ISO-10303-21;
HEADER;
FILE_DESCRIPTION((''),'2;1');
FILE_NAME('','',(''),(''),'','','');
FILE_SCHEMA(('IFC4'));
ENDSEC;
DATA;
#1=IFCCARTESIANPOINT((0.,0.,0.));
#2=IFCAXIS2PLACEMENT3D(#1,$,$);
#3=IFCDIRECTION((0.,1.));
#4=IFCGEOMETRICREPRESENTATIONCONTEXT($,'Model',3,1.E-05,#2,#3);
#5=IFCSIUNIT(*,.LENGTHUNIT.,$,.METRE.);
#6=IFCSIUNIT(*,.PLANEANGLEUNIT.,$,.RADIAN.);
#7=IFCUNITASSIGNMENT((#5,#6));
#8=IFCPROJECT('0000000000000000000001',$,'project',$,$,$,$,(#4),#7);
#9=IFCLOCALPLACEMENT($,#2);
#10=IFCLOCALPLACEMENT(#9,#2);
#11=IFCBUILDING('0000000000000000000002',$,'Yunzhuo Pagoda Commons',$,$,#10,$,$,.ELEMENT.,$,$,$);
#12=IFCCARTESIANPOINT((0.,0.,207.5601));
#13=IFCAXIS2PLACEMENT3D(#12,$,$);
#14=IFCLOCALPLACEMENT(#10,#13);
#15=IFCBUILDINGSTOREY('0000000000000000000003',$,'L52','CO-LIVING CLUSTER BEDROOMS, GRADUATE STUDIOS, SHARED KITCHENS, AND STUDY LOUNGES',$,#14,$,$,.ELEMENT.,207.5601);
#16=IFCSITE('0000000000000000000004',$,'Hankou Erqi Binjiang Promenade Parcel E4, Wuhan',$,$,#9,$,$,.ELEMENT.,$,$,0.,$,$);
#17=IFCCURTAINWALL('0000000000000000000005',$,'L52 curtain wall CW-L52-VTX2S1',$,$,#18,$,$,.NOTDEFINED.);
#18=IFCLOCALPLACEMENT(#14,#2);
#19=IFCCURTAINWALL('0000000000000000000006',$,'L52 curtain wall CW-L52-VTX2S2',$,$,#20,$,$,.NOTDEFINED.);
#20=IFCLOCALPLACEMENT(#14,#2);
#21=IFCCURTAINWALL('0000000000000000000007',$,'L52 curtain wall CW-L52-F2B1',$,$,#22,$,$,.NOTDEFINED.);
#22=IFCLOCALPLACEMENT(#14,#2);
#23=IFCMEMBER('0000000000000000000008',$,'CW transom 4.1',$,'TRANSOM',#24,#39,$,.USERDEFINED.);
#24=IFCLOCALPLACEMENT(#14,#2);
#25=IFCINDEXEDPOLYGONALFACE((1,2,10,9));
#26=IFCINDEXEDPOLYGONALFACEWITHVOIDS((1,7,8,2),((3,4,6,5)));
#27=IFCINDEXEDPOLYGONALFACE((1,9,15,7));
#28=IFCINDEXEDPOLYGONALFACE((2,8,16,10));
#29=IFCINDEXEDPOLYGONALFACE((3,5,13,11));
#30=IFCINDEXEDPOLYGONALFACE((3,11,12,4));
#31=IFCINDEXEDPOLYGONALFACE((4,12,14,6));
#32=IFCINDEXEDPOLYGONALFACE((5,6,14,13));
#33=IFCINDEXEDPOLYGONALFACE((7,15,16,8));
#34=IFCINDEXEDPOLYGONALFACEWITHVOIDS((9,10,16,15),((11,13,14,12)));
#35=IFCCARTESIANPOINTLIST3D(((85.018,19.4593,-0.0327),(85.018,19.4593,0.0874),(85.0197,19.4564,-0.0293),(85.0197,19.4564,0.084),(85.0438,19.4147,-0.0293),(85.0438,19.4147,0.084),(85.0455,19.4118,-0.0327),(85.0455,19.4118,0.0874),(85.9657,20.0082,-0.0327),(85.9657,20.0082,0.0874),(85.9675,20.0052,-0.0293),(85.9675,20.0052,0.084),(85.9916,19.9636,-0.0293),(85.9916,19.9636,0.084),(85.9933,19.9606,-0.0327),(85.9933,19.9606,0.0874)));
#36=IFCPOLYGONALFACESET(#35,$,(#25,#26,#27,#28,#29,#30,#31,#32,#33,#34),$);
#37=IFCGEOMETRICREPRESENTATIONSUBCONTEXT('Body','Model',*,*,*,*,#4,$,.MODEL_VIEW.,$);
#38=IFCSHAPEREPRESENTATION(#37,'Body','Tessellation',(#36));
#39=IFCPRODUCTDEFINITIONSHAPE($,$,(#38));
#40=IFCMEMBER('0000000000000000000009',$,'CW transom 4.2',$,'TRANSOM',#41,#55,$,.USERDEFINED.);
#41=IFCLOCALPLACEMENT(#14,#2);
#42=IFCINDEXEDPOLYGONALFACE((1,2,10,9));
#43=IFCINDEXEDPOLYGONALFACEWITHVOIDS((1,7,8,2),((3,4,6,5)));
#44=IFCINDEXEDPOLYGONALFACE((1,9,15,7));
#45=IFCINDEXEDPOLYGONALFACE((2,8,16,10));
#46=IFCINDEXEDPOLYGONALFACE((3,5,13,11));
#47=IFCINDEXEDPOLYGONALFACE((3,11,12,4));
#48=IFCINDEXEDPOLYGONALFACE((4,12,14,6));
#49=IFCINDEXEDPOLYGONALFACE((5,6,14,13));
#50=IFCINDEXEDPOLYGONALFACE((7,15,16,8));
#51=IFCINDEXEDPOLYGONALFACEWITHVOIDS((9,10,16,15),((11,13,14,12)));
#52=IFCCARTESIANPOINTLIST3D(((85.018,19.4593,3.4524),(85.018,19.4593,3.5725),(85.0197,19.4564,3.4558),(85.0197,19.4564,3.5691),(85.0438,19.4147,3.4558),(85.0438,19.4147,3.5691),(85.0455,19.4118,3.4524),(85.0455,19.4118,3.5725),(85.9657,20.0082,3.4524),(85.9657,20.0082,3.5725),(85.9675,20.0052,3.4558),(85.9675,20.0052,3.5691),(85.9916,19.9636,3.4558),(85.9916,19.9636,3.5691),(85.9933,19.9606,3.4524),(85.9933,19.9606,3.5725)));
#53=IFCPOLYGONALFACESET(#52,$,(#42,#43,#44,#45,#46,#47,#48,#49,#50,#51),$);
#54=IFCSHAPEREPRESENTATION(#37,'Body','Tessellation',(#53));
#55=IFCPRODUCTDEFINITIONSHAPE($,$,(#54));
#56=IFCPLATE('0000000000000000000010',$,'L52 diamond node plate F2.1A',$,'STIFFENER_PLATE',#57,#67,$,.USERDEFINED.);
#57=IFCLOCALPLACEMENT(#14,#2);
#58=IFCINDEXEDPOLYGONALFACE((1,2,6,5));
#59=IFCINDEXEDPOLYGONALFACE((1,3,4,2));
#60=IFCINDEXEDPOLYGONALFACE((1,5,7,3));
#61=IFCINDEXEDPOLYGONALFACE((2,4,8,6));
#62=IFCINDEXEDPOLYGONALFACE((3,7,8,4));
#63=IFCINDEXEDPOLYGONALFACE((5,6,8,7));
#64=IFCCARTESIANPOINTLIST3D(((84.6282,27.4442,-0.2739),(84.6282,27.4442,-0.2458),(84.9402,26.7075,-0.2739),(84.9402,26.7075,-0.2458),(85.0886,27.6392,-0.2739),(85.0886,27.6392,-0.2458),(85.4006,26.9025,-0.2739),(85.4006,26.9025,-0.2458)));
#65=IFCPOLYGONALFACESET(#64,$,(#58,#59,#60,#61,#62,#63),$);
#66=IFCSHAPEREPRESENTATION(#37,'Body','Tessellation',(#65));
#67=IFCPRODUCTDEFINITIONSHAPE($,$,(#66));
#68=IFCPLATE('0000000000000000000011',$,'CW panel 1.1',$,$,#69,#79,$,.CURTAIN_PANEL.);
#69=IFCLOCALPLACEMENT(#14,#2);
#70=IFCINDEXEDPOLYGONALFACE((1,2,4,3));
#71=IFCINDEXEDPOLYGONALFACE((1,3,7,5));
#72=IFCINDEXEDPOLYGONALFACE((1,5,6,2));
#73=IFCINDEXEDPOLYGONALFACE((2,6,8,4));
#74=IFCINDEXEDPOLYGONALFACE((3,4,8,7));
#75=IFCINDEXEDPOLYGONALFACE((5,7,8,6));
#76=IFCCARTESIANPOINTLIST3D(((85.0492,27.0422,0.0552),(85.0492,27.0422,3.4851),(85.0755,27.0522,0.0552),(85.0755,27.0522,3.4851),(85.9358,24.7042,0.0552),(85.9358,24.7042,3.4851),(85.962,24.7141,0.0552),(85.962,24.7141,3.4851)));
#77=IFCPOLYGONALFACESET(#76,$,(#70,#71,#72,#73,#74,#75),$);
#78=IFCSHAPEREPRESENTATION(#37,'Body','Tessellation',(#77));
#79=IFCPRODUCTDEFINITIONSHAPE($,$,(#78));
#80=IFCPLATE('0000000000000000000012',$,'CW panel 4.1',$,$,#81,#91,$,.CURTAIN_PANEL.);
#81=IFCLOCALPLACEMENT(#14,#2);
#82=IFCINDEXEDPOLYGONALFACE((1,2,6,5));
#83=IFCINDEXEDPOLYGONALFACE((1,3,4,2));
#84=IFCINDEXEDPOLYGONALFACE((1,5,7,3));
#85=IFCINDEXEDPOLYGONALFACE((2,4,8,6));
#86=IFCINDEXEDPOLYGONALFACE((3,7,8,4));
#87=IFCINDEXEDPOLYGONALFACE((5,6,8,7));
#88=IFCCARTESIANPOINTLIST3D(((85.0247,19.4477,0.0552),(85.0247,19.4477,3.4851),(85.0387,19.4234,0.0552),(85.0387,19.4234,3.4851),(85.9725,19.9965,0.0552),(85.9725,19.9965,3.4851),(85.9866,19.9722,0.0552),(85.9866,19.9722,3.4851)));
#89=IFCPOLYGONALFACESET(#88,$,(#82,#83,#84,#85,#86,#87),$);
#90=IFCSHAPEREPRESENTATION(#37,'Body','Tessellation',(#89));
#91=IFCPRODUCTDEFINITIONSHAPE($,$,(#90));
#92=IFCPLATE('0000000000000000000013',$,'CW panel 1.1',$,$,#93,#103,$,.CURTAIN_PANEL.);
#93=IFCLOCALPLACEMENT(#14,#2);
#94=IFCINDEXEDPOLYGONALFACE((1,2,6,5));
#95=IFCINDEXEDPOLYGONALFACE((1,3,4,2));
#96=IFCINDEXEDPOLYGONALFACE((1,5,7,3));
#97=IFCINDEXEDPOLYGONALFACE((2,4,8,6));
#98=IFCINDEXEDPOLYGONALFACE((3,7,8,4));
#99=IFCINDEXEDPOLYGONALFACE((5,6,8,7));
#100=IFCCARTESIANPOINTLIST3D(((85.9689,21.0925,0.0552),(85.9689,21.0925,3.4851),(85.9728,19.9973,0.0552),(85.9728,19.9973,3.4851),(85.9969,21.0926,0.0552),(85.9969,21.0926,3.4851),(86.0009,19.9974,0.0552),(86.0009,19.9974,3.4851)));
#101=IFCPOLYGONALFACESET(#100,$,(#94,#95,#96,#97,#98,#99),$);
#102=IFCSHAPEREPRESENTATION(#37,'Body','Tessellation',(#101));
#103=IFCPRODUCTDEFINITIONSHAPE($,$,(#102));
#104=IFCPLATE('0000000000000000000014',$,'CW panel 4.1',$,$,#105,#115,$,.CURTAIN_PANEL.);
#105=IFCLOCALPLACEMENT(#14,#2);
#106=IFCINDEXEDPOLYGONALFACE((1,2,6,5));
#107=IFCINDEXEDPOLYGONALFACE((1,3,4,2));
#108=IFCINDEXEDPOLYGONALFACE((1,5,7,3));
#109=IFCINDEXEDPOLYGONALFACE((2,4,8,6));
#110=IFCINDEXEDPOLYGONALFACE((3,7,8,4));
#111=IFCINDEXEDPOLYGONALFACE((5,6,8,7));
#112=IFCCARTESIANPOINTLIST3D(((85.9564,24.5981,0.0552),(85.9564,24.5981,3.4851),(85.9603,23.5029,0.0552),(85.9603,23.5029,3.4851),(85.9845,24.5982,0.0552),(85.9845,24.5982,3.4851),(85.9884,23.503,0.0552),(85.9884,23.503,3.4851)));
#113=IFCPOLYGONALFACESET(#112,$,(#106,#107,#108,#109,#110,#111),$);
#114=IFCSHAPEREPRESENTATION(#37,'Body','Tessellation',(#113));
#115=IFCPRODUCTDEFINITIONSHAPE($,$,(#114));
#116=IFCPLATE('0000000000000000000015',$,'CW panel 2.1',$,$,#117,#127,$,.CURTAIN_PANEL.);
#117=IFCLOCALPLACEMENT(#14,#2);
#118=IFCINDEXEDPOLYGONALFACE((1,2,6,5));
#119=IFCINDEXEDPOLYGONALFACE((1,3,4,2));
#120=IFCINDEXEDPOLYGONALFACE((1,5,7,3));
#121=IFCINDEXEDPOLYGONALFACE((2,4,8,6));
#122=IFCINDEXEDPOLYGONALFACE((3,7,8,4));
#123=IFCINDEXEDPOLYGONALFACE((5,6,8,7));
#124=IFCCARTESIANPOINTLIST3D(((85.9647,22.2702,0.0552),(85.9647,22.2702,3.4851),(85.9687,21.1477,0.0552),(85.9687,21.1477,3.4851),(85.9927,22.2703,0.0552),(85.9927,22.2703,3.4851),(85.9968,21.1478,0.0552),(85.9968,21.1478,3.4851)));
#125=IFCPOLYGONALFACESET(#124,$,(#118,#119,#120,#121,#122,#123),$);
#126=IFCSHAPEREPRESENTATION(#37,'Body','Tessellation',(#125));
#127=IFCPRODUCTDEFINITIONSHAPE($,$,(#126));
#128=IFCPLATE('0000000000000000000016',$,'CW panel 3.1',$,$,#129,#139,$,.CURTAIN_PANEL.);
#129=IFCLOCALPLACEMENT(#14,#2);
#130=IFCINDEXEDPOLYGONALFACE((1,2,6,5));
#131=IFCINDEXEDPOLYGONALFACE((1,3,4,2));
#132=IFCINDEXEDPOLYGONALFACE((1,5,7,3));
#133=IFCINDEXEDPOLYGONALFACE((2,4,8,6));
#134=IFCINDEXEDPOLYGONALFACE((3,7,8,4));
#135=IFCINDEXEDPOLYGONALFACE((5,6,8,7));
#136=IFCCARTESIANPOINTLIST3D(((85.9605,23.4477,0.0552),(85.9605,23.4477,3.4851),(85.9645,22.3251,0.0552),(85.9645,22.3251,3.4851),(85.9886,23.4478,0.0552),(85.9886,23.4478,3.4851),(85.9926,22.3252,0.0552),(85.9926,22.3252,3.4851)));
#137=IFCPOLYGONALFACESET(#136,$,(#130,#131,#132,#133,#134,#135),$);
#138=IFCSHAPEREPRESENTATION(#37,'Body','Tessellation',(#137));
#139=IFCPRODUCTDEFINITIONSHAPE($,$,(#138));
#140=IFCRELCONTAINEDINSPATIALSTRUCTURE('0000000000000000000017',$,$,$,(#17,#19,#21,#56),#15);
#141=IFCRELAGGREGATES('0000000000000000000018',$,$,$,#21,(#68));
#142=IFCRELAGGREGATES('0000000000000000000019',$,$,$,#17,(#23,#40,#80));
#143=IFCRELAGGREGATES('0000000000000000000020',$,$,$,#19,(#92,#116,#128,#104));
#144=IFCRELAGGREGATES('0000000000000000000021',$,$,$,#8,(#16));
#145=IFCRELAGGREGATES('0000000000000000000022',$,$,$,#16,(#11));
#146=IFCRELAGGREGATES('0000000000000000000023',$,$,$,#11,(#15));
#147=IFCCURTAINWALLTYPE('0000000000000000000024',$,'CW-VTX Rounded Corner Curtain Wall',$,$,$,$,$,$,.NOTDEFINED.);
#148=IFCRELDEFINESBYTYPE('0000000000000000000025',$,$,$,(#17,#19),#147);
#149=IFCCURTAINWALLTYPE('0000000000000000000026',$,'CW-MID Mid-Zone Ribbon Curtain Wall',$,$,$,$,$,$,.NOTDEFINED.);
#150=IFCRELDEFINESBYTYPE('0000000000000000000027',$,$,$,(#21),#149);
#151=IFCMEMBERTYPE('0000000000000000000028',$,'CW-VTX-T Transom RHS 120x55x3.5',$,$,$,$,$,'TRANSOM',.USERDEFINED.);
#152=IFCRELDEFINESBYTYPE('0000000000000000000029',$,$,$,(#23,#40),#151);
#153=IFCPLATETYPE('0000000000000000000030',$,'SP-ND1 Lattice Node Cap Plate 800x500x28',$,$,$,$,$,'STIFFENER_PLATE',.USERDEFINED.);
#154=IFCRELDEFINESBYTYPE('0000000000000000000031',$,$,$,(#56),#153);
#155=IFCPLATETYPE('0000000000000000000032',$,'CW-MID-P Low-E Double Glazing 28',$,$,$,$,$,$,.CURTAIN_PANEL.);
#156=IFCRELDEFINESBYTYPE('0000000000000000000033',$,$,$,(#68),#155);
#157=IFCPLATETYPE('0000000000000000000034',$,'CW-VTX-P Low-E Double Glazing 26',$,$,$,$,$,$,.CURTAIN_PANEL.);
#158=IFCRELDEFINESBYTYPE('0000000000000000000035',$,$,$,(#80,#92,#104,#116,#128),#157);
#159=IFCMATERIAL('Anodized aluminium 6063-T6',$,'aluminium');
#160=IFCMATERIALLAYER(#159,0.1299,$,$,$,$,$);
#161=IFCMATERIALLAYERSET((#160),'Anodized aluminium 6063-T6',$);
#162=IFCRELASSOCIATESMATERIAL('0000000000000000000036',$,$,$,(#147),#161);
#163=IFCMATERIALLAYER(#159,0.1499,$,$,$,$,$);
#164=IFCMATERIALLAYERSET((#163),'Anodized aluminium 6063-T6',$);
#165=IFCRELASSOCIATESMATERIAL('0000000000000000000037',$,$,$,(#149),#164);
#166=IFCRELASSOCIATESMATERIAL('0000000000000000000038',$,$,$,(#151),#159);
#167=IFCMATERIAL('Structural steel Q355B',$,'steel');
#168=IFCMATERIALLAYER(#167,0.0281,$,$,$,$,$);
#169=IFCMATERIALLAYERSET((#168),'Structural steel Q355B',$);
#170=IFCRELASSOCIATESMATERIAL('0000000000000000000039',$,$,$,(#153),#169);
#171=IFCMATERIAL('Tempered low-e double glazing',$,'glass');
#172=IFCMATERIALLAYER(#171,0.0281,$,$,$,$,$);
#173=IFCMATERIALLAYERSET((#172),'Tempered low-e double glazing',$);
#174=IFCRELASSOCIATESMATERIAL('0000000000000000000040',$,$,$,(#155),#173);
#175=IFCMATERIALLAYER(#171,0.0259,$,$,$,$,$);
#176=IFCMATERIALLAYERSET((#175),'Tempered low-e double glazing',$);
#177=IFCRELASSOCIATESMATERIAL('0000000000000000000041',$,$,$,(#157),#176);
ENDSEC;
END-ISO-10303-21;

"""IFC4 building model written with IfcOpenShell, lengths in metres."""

from ifc_helpers import new_model, si_unit, direction, frame, origin, origin_2d, place, context, subcontext, project, spatial, rectangle, hollow_rectangle, extrude, source, transform, mapped, material, layer, layer_set, material_profile, profile_set, type_object, element, aggregate, save


model = new_model("IFC4")

# Units and contexts
model_context = context("Model", 3, precision=1e-05, world=origin(), true_north=direction((0.0, 1.0)))
body_context = subcontext(model_context, "Body", "Model", "MODEL_VIEW")
ifc_project = project(units=[si_unit("LENGTHUNIT", "METRE"), si_unit("PLANEANGLEUNIT", "RADIAN")], contexts=[model_context])

# Site, building, storey
site_placement = place(None, origin())
site = spatial("IfcSite", under=ifc_project, at=site_placement, Name="Hankou Erqi Binjiang Promenade Parcel E4, Wuhan", CompositionType="ELEMENT", RefElevation=0.0)
building_placement = place(site_placement, origin())
building = spatial("IfcBuilding", under=site, at=building_placement, Name="Yunzhuo Pagoda Commons", CompositionType="ELEMENT")
storey_placement = place(building_placement, frame((0.0, 0.0, 207.5601)))
storey = spatial("IfcBuildingStorey", under=building, at=storey_placement, Name="L52", Description="CO-LIVING CLUSTER BEDROOMS, GRADUATE STUDIOS, SHARED KITCHENS, AND STUDY LOUNGES", CompositionType="ELEMENT", Elevation=207.5601)

# Shared definitions
ifc_material_1 = material(Name="Structural steel Q355B", Category="steel")

# Curtain wall
ifc_material_2 = material(Name="Anodized aluminium 6063-T6", Category="aluminium")
ifc_layer_1 = layer(ifc_material_2, 0.1299)
ifc_layer_set_1 = layer_set([ifc_layer_1], Name="Anodized aluminium 6063-T6")
curtain_wall_type_1 = type_object("IfcCurtainWallType", Name="CW-VTX Rounded Corner Curtain Wall", PredefinedType="NOTDEFINED", material=ifc_layer_set_1)
curtain_wall_1_placement = place(storey_placement, origin())
curtain_wall_1 = element("IfcCurtainWall", 1, at=curtain_wall_1_placement, inside=storey, type_object=curtain_wall_type_1, Name="L52 curtain wall CW-L52-VTX2S1", PredefinedType="NOTDEFINED")

# Curtain wall
curtain_wall_2_placement = place(storey_placement, origin())
curtain_wall_2 = element("IfcCurtainWall", 2, at=curtain_wall_2_placement, inside=storey, type_object=curtain_wall_type_1, Name="L52 curtain wall CW-L52-VTX2S2", PredefinedType="NOTDEFINED")

# Shared definitions
ifc_layer_2 = layer(ifc_material_2, 0.1499)
ifc_layer_set_2 = layer_set([ifc_layer_2], Name="Anodized aluminium 6063-T6")
curtain_wall_type_2 = type_object("IfcCurtainWallType", Name="CW-MID Mid-Zone Ribbon Curtain Wall", PredefinedType="NOTDEFINED", material=ifc_layer_set_2)

# Curtain wall
curtain_wall_3_placement = place(storey_placement, origin())
curtain_wall_3 = element("IfcCurtainWall", 3, at=curtain_wall_3_placement, inside=storey, type_object=curtain_wall_type_2, Name="L52 curtain wall CW-L52-F2B1", PredefinedType="NOTDEFINED")

# Members
ifc_material_profile_1 = material_profile(ifc_material_2, hollow_rectangle(XDim=0.0549, YDim=0.1201, WallThickness=0.0034, at=origin_2d()), Name="Anodized aluminium 6063-T6")
ifc_profile_set_1 = profile_set([ifc_material_profile_1], Name="Anodized aluminium 6063-T6")
member_type_1 = type_object("IfcMemberType", Name="CW-VTX-T Transom RHS 120x55x3.5", ElementType="TRANSOM", PredefinedType="USERDEFINED", material=ifc_profile_set_1)
shared_shape_1 = source(origin(), body_context, "Body", "SweptSolid", [
    extrude(hollow_rectangle(XDim=0.0549, YDim=0.1201, WallThickness=0.0034, at=origin_2d()), origin(), (0.0, 0.0, 1.0), 1.0952),
])
member_1_placement = place(storey_placement, frame((85.0317, 19.4355, 0.0273), z_axis=(0.865375, 0.501124, 0.0), x_axis=(-0.501124, 0.865375, 0.0)))
member_1 = element("IfcMember", 4, at=member_1_placement, type_object=member_type_1, Name="CW transom 4.1", ObjectType="TRANSOM", PredefinedType="USERDEFINED", context=body_context, shape_type="MappedRepresentation", body=[
    mapped(shared_shape_1, transform((0.0, 0.0, 0.0), scale=1.0)),
])
member_2_placement = place(storey_placement, frame((85.0317, 19.4355, 3.5125), z_axis=(0.865375, 0.501124, 0.0), x_axis=(-0.501124, 0.865375, 0.0)))
member_2 = element("IfcMember", 5, at=member_2_placement, type_object=member_type_1, Name="CW transom 4.2", ObjectType="TRANSOM", PredefinedType="USERDEFINED", context=body_context, shape_type="MappedRepresentation", body=[
    mapped(shared_shape_1, transform((0.0, 0.0, 0.0), scale=1.0)),
])

# Plates
ifc_layer_3 = layer(ifc_material_1, 0.0281)
ifc_layer_set_3 = layer_set([ifc_layer_3], Name="Structural steel Q355B")
plate_type_1 = type_object("IfcPlateType", Name="SP-ND1 Lattice Node Cap Plate 800x500x28", ElementType="STIFFENER_PLATE", PredefinedType="USERDEFINED", material=ifc_layer_set_3)
shared_shape_2 = source(origin(), body_context, "Body", "SweptSolid", [
    extrude(rectangle(XDim=0.8, YDim=0.5, at=origin_2d()), origin(), (0.0, 0.0, 1.0), 0.0281),
])
plate_1_placement = place(storey_placement, frame((85.0144, 27.1733, -0.2739), z_axis=(0.0, 0.0, 1.0), x_axis=(-0.389976, 0.920825, 0.0)))
element("IfcPlate", 6, at=plate_1_placement, inside=storey, type_object=plate_type_1, Name="L52 diamond node plate F2.1A", ObjectType="STIFFENER_PLATE", PredefinedType="USERDEFINED", context=body_context, shape_type="MappedRepresentation", body=[
    mapped(shared_shape_2, transform((0.0, 0.0, 0.0), scale=1.0)),
])
ifc_material_3 = material(Name="Tempered low-e double glazing", Category="glass")
ifc_layer_4 = layer(ifc_material_3, 0.0281)
ifc_layer_set_4 = layer_set([ifc_layer_4], Name="Tempered low-e double glazing")
plate_type_2 = type_object("IfcPlateType", Name="CW-MID-P Low-E Double Glazing 28", PredefinedType="CURTAIN_PANEL", material=ifc_layer_set_4)
shared_shape_3 = source(origin(), body_context, "Body", "SweptSolid", [
    extrude(rectangle(XDim=2.5005, YDim=0.0281, at=origin_2d()), origin(), (0.0, 0.0, 1.0), 3.4299),
])
plate_2_placement = place(storey_placement, frame((85.5056, 25.8782, 0.0552), z_axis=(0.0, 0.0, 1.0), x_axis=(-0.354559, 0.935034, 0.0)))
plate_2 = element("IfcPlate", 7, at=plate_2_placement, type_object=plate_type_2, Name="CW panel 1.1", PredefinedType="CURTAIN_PANEL", context=body_context, shape_type="MappedRepresentation", body=[
    mapped(shared_shape_3, transform((0.0, 0.0, 0.0), scale=1.0)),
])
aggregate(curtain_wall_3, [plate_2])
ifc_layer_5 = layer(ifc_material_3, 0.0259)
ifc_layer_set_5 = layer_set([ifc_layer_5], Name="Tempered low-e double glazing")
plate_type_3 = type_object("IfcPlateType", Name="CW-VTX-P Low-E Double Glazing 26", PredefinedType="CURTAIN_PANEL", material=ifc_layer_set_5)
shared_shape_4 = source(origin(), body_context, "Body", "SweptSolid", [
    extrude(rectangle(XDim=1.0952, YDim=0.0281, at=origin_2d()), origin(), (0.0, 0.0, 1.0), 3.4299),
])
plate_3_placement = place(storey_placement, frame((85.5056, 19.71, 0.0552), z_axis=(0.0, 0.0, 1.0), x_axis=(0.865426, 0.501037, 0.0)))
plate_3 = element("IfcPlate", 8, at=plate_3_placement, type_object=plate_type_3, Name="CW panel 4.1", PredefinedType="CURTAIN_PANEL", context=body_context, shape_type="MappedRepresentation", body=[
    mapped(shared_shape_4, transform((0.0, 0.0, 0.0), scale=1.0)),
])
aggregate(curtain_wall_1, [member_1, member_2, plate_3])
plate_4_placement = place(storey_placement, frame((85.9849, 20.5449, 0.0552), z_axis=(0.0, 0.0, 1.0), x_axis=(-0.003588, 0.999994, 0.0)))
plate_4 = element("IfcPlate", 9, at=plate_4_placement, type_object=plate_type_3, Name="CW panel 1.1", PredefinedType="CURTAIN_PANEL", context=body_context, shape_type="MappedRepresentation", body=[
    mapped(shared_shape_4, transform((0.0, 0.0, 0.0), scale=1.0)),
])
plate_5_placement = place(storey_placement, frame((85.9724, 24.0505, 0.0552), z_axis=(0.0, 0.0, 1.0), x_axis=(-0.003588, 0.999994, 0.0)))
plate_5 = element("IfcPlate", 10, at=plate_5_placement, type_object=plate_type_3, Name="CW panel 4.1", PredefinedType="CURTAIN_PANEL", context=body_context, shape_type="MappedRepresentation", body=[
    mapped(shared_shape_4, transform((0.0, 0.0, 0.0), scale=1.0)),
])
shared_shape_5 = source(origin(), body_context, "Body", "SweptSolid", [
    extrude(rectangle(XDim=1.1226, YDim=0.0281, at=origin_2d()), origin(), (0.0, 0.0, 1.0), 3.4299),
])
plate_6_placement = place(storey_placement, frame((85.9807, 21.709, 0.0552), z_axis=(0.0, 0.0, 1.0), x_axis=(-0.003588, 0.999994, 0.0)))
plate_6 = element("IfcPlate", 11, at=plate_6_placement, type_object=plate_type_3, Name="CW panel 2.1", PredefinedType="CURTAIN_PANEL", context=body_context, shape_type="MappedRepresentation", body=[
    mapped(shared_shape_5, transform((0.0, 0.0, 0.0), scale=1.0)),
])
plate_7_placement = place(storey_placement, frame((85.9766, 22.8865, 0.0552), z_axis=(0.0, 0.0, 1.0), x_axis=(-0.003588, 0.999994, 0.0)))
plate_7 = element("IfcPlate", 12, at=plate_7_placement, type_object=plate_type_3, Name="CW panel 3.1", PredefinedType="CURTAIN_PANEL", context=body_context, shape_type="MappedRepresentation", body=[
    mapped(shared_shape_5, transform((0.0, 0.0, 0.0), scale=1.0)),
])
aggregate(curtain_wall_2, [plate_4, plate_6, plate_7, plate_5])

save(model, "model.ifc")
